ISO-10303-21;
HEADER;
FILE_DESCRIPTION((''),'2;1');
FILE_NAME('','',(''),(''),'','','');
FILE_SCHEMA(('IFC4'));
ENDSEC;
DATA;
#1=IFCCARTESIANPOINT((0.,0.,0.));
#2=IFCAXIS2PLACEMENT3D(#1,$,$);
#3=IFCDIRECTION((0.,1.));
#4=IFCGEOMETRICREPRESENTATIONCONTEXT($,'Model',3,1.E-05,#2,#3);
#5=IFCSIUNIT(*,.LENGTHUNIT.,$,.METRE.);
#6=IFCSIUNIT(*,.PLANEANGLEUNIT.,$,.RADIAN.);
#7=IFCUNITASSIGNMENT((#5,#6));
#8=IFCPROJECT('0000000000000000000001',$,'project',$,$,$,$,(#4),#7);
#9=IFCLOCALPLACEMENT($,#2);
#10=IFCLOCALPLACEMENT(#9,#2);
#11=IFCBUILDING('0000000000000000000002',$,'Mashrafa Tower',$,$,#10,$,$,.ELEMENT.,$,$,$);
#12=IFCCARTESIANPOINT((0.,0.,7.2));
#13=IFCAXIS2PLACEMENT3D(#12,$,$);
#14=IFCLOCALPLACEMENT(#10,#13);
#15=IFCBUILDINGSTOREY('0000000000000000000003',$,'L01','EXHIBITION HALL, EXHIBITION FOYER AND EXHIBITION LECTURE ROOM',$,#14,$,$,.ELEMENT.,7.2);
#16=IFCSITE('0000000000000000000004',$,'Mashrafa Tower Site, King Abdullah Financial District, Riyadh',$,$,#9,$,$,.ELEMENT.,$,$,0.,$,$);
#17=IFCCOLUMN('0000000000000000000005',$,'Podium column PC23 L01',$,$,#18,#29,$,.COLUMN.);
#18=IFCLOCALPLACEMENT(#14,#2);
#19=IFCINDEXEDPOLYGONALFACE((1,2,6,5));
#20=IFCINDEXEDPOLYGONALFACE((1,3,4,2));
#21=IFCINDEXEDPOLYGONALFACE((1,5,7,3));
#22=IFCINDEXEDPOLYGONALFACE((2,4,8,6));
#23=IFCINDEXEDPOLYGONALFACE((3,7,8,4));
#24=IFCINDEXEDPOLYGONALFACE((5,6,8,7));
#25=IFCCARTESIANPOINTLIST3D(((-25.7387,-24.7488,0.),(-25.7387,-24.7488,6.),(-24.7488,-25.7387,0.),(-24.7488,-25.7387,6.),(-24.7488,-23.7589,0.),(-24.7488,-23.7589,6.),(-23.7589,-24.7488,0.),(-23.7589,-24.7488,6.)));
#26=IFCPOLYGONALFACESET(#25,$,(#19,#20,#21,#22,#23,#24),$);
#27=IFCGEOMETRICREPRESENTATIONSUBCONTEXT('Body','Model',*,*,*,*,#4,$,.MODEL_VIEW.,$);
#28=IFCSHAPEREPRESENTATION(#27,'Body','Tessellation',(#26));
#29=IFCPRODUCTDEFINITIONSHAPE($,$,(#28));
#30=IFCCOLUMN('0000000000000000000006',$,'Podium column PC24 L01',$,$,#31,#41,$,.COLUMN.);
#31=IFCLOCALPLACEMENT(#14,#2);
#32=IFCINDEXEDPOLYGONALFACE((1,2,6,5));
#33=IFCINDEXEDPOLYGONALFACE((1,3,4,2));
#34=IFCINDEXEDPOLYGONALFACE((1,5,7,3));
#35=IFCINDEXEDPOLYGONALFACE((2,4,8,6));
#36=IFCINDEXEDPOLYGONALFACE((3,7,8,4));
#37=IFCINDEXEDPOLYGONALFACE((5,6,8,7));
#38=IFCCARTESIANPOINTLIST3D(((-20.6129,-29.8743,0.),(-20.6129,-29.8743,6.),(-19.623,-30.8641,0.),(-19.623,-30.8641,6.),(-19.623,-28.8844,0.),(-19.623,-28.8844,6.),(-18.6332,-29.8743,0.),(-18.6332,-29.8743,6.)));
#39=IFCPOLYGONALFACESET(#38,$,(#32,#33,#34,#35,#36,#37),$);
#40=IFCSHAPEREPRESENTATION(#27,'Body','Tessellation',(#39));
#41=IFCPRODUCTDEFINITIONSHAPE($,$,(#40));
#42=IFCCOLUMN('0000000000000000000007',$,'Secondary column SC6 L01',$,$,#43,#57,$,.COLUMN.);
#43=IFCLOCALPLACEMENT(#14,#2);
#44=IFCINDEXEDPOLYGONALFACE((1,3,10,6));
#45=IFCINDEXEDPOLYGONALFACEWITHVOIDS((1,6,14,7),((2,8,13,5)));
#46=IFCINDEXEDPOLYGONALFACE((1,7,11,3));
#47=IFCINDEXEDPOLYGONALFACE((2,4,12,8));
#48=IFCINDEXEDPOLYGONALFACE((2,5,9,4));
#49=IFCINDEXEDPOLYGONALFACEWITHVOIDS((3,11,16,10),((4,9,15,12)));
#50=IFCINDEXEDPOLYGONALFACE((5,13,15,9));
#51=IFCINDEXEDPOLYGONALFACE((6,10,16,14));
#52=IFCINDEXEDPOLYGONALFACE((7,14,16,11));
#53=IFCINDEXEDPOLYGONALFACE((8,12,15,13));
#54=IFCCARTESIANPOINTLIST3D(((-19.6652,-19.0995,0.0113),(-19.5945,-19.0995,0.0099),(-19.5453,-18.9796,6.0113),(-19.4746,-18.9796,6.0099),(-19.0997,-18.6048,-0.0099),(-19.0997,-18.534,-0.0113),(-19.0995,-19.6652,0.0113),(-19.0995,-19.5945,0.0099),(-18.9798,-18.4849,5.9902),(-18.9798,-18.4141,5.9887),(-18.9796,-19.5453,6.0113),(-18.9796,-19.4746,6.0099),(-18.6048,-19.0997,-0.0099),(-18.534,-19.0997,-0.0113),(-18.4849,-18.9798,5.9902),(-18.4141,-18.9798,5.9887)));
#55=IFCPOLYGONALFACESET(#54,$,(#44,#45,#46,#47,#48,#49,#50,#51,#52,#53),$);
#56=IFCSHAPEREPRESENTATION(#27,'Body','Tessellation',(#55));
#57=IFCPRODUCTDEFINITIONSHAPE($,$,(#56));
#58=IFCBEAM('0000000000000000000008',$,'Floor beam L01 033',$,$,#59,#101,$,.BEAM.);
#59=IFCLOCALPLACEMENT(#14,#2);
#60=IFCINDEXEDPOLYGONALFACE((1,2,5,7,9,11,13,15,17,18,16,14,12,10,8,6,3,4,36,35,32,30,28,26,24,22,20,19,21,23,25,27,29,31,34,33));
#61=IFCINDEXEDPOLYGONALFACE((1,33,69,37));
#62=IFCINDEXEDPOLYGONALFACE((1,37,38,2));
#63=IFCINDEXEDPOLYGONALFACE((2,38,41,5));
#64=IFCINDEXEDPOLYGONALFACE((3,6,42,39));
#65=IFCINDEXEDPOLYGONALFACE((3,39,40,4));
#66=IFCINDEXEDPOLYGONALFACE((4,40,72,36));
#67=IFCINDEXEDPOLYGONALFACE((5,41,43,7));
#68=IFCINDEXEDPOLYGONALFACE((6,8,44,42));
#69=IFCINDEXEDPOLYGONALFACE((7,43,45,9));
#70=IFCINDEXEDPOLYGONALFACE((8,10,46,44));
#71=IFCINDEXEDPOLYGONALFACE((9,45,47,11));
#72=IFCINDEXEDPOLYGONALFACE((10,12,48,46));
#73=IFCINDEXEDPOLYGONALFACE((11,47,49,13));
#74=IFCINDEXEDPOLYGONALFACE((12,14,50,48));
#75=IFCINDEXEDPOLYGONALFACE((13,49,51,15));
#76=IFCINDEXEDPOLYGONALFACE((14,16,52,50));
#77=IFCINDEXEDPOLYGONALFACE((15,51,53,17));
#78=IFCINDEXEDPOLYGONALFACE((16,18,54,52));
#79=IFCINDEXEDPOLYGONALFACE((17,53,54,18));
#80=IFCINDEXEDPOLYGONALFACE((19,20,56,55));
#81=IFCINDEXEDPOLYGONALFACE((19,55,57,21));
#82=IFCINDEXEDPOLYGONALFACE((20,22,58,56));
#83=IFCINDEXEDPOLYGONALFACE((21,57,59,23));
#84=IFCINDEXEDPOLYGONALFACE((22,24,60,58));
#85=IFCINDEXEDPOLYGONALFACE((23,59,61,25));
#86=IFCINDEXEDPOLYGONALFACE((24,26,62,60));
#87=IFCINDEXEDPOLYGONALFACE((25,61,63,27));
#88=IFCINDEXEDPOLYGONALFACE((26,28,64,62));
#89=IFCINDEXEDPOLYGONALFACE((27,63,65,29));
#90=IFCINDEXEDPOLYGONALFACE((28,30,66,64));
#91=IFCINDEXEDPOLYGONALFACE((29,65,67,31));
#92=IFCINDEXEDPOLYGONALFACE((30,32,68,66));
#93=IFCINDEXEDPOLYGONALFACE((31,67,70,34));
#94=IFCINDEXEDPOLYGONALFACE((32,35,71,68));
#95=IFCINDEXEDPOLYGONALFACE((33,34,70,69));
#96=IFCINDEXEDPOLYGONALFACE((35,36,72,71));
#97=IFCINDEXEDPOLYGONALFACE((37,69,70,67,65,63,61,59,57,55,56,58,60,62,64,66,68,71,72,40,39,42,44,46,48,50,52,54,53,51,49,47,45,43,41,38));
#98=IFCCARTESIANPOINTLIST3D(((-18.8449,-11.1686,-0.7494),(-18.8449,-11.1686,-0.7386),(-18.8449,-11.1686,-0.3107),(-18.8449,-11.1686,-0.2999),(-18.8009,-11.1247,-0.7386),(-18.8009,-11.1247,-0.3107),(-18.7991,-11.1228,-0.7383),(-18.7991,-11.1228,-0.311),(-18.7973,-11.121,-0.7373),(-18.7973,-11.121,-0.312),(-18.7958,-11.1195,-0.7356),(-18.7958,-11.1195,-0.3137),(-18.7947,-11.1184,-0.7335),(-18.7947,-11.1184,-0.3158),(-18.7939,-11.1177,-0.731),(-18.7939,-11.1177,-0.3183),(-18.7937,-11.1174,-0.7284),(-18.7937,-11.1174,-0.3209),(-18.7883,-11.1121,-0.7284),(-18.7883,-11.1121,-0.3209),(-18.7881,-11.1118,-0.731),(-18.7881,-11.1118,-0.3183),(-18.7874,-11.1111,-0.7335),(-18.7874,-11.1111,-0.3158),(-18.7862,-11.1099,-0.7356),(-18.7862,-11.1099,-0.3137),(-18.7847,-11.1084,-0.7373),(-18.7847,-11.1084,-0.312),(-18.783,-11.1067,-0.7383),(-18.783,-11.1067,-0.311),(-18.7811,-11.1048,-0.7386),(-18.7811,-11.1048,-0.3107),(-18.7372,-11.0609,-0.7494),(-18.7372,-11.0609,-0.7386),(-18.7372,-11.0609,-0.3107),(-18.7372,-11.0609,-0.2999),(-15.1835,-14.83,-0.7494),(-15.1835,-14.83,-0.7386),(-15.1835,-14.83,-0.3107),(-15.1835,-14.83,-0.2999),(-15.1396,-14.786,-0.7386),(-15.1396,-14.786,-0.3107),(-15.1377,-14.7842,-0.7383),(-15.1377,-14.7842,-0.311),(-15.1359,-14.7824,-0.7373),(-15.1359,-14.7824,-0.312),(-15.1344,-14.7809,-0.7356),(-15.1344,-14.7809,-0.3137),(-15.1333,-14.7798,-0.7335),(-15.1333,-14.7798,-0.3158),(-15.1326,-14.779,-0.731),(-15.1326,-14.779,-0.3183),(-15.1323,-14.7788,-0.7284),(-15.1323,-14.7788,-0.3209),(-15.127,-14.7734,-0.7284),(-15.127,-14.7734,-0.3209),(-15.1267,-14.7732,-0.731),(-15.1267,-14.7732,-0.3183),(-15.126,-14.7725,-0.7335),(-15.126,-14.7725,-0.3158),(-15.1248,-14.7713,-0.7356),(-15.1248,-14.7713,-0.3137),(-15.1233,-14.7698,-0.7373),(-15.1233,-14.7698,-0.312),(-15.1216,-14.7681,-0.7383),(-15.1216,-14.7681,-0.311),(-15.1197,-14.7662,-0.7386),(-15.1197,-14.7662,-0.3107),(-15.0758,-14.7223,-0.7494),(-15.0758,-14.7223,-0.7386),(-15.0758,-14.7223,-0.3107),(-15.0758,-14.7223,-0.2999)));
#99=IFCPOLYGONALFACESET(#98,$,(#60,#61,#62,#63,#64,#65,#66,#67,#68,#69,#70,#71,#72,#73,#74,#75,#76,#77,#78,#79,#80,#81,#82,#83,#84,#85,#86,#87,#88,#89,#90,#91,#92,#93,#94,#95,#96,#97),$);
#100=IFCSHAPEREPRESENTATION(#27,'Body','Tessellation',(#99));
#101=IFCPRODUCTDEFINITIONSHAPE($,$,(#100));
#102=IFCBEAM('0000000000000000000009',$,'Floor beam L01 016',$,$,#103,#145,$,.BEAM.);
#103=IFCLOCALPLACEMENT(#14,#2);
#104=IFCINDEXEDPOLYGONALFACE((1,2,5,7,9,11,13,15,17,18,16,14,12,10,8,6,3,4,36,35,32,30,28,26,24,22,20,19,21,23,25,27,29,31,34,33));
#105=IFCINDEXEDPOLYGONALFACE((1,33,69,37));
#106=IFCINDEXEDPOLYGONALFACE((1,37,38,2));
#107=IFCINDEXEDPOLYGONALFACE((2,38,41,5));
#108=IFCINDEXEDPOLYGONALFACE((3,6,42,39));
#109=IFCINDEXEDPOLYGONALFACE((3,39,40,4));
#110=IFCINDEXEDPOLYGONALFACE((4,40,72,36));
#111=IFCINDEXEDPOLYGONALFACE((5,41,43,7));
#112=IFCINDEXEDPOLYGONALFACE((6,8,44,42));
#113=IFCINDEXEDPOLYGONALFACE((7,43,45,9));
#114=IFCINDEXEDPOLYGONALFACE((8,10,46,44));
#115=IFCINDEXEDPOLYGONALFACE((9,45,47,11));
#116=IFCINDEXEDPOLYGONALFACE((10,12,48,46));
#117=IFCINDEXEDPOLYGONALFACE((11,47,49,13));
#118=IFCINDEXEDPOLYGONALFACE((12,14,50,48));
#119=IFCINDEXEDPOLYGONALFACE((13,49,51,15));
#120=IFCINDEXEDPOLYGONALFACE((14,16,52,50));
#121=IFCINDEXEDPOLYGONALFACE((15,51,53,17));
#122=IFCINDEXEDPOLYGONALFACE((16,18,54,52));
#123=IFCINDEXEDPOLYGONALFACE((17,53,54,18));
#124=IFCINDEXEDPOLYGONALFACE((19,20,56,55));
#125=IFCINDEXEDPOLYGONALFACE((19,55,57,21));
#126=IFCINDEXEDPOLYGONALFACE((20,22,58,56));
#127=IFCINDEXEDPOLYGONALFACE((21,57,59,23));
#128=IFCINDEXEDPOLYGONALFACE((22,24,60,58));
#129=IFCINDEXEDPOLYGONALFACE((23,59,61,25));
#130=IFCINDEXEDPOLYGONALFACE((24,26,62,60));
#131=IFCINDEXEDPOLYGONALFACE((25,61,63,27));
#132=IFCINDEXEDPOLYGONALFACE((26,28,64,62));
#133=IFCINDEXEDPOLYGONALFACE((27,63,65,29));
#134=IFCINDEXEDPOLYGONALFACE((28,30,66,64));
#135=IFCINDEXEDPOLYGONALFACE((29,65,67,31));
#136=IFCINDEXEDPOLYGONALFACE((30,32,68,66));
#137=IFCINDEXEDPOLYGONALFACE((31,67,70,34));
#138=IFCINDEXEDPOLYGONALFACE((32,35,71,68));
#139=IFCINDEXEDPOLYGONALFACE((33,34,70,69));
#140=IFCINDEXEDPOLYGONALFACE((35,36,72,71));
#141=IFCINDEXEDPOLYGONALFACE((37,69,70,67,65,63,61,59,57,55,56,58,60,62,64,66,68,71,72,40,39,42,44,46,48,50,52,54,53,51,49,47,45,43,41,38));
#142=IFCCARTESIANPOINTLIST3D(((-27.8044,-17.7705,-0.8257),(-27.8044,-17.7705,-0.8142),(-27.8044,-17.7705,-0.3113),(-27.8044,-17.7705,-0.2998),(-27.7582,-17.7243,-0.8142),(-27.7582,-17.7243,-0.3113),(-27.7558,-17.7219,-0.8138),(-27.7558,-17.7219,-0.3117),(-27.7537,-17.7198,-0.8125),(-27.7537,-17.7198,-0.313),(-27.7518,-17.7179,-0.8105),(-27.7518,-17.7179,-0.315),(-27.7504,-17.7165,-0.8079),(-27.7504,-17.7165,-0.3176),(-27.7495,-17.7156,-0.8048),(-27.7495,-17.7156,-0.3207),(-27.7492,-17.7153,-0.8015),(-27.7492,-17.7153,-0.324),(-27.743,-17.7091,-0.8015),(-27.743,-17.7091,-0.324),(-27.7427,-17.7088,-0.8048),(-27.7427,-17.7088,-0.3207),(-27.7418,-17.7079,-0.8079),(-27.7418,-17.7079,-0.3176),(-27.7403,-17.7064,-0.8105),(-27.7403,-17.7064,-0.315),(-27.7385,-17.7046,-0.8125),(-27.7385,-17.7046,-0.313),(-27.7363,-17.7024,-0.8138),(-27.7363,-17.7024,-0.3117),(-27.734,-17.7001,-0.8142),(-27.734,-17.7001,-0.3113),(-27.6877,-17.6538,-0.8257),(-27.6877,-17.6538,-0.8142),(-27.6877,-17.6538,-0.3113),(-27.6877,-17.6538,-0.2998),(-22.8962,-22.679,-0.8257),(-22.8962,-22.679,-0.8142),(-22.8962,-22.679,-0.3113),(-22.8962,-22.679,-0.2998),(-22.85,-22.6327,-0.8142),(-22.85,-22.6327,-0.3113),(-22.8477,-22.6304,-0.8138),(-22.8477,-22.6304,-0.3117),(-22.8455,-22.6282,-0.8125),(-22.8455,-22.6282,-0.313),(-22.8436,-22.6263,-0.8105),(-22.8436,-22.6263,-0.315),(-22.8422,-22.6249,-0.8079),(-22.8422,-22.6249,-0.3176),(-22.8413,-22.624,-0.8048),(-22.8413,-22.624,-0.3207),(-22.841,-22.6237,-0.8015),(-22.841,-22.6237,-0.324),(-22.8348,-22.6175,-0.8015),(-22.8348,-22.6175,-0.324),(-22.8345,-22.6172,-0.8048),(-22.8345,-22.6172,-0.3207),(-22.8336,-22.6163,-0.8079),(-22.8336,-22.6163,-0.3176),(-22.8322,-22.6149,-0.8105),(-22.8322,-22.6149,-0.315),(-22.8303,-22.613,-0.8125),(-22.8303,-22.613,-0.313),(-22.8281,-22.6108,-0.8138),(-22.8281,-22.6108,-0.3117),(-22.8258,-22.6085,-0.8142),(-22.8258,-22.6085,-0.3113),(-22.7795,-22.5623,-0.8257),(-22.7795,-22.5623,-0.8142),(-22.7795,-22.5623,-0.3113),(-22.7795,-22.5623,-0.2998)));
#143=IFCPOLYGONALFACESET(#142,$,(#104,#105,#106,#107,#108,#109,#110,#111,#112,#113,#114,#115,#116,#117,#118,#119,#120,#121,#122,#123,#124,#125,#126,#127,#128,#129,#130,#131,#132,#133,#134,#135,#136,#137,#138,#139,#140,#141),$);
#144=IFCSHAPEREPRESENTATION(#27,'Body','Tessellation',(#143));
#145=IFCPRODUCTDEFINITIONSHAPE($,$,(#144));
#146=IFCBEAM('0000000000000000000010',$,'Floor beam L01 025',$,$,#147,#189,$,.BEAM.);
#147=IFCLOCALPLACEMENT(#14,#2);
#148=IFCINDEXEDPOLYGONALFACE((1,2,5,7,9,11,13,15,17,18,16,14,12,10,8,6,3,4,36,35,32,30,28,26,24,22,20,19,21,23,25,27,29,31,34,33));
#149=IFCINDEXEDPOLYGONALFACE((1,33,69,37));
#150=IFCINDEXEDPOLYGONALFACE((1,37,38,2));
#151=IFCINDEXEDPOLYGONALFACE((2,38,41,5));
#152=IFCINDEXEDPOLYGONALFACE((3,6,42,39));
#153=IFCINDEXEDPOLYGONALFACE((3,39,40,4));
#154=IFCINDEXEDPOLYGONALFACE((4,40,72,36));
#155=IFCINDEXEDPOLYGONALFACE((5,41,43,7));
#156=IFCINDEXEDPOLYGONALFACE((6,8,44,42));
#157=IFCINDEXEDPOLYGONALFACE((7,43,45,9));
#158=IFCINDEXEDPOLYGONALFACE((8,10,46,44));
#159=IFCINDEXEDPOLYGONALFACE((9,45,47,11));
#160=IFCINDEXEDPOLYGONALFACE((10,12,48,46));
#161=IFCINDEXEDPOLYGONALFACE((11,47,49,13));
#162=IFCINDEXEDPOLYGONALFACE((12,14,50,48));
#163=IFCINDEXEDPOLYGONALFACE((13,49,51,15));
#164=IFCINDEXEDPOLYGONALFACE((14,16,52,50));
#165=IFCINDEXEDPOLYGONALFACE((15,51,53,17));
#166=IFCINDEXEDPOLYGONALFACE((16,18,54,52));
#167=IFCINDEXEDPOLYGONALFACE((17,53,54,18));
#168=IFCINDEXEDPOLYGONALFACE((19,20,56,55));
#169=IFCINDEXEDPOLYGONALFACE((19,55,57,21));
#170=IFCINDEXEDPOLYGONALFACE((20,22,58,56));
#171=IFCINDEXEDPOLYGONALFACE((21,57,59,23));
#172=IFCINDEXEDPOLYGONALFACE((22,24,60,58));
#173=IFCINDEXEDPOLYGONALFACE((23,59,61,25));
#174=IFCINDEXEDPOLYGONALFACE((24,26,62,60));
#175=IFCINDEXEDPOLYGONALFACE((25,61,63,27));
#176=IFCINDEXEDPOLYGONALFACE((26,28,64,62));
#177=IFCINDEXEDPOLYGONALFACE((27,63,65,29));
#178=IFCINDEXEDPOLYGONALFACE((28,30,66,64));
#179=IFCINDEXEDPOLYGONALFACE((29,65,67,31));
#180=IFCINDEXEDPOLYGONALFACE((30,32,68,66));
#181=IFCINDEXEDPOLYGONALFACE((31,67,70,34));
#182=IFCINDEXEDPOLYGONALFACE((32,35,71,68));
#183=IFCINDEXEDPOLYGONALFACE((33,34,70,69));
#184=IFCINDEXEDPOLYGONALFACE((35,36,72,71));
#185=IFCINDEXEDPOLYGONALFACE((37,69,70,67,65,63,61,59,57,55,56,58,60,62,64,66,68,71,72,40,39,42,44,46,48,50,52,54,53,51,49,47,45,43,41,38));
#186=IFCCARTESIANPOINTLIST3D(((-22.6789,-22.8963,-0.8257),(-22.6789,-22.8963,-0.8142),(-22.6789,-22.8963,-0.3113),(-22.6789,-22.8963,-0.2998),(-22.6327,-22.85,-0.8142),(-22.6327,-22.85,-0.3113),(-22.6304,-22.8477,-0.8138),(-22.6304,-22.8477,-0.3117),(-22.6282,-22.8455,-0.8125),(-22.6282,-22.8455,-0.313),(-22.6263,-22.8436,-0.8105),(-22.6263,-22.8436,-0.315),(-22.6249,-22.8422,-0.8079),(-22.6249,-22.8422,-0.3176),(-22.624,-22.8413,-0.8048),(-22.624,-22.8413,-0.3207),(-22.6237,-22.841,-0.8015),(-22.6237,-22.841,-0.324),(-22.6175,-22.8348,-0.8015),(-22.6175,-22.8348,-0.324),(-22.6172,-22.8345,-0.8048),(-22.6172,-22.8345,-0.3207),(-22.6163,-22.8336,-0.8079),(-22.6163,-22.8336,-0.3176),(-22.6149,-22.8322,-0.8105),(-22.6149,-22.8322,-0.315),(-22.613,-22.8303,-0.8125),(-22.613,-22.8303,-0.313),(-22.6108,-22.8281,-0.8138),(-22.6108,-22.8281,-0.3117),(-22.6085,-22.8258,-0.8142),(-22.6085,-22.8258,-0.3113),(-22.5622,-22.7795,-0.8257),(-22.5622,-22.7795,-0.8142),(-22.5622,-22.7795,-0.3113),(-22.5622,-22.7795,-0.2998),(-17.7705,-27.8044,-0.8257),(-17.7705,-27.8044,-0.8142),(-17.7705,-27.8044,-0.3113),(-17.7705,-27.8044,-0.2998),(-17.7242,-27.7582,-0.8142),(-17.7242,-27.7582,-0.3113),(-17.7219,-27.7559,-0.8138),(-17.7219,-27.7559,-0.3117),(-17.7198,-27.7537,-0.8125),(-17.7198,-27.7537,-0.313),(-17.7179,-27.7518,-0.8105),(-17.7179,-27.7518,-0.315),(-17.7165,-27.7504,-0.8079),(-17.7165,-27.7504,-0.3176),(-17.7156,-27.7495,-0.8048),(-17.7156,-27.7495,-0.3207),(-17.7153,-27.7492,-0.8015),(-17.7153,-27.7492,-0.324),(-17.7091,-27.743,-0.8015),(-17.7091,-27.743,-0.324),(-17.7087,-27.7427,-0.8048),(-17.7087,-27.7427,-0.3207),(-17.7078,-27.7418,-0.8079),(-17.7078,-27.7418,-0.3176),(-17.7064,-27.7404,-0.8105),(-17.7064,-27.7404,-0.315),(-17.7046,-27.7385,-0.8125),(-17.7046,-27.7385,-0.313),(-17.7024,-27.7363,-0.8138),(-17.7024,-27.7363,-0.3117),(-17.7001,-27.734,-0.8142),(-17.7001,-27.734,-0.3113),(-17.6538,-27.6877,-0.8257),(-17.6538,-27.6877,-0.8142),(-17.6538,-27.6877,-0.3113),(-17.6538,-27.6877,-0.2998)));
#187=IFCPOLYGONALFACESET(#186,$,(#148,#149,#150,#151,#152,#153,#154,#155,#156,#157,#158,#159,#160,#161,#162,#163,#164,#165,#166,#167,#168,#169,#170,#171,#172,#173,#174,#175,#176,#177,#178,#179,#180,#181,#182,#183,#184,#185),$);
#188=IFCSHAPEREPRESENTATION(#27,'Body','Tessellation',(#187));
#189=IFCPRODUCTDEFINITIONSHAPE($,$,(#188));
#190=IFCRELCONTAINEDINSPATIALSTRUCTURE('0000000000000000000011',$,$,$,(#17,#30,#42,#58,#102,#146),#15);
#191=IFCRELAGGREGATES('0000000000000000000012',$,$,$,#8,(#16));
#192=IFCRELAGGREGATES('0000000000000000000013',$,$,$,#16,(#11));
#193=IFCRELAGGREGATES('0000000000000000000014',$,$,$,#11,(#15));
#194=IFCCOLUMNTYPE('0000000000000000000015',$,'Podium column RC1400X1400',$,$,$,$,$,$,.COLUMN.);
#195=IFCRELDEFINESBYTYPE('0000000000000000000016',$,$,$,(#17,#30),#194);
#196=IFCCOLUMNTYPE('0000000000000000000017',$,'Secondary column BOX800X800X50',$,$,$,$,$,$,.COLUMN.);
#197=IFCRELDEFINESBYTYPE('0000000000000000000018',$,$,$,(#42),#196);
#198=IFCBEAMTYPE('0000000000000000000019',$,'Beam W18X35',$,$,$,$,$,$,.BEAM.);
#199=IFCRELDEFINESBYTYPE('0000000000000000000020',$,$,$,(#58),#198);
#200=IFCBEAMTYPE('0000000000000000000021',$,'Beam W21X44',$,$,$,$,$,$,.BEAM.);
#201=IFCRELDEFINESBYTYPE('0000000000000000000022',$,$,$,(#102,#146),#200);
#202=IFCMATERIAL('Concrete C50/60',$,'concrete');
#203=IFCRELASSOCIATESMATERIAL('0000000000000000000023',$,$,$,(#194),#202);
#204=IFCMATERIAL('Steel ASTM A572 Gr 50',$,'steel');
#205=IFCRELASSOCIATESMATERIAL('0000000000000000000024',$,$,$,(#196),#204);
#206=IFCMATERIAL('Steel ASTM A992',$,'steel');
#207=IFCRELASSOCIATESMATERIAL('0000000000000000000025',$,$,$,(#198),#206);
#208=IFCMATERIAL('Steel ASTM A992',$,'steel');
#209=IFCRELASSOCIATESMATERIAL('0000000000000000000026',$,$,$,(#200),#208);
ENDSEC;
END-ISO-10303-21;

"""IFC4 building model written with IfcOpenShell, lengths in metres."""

from ifc_helpers import new_model, si_unit, direction, frame, origin, origin_2d, place, context, subcontext, project, spatial, rectangle, hollow_rectangle, i_section, extrude, material, material_profile, profile_set, type_object, element, save


model = new_model("IFC4")

# Units and contexts
model_context = context("Model", 3, precision=1e-05, world=origin(), true_north=direction((0.0, 1.0)))
body_context = subcontext(model_context, "Body", "Model", "MODEL_VIEW")
ifc_project = project(units=[si_unit("LENGTHUNIT", "METRE"), si_unit("PLANEANGLEUNIT", "RADIAN")], contexts=[model_context])

# Site, building, storey
site_placement = place(None, origin())
site = spatial("IfcSite", under=ifc_project, at=site_placement, Name="Mashrafa Tower Site, King Abdullah Financial District, Riyadh", CompositionType="ELEMENT", RefElevation=0.0)
building_placement = place(site_placement, origin())
building = spatial("IfcBuilding", under=site, at=building_placement, Name="Mashrafa Tower", CompositionType="ELEMENT")
storey_placement = place(building_placement, frame((0.0, 0.0, 7.2)))
storey = spatial("IfcBuildingStorey", under=building, at=storey_placement, Name="L01", Description="EXHIBITION HALL, EXHIBITION FOYER AND EXHIBITION LECTURE ROOM", CompositionType="ELEMENT", Elevation=7.2)

# Columns
ifc_material_1 = material(Name="Concrete C50/60", Category="concrete")
ifc_material_profile_1 = material_profile(ifc_material_1, rectangle(XDim=1.3999, YDim=1.3999, at=origin_2d()), Name="RC1400X1400")
ifc_profile_set_1 = profile_set([ifc_material_profile_1], Name="Concrete C50/60")
column_type_1 = type_object("IfcColumnType", Name="Podium column RC1400X1400", PredefinedType="COLUMN", material=ifc_profile_set_1)
for number, where, z_axis, x_axis, name in (
    (1, (-24.7488, -24.7488, 0.0), (0.0, 0.0, 1.0), (0.707107, 0.707107, 0.0), "Podium column PC23 L01"),
    (2, (-19.623, -29.8743, 0.0), (0.0, 0.0, 1.0), (0.707107, 0.707107, 0.0), "Podium column PC24 L01"),
):
    element("IfcColumn", number, at=place(storey_placement, frame(where, z_axis=z_axis, x_axis=x_axis)), inside=storey, type_object=column_type_1, Name=name, PredefinedType="COLUMN", context=body_context, shape_type="SweptSolid", body=[
        extrude(rectangle(XDim=1.3999, YDim=1.3999, at=origin_2d()), origin(), (0.0, 0.0, 1.0), 6.0),
    ])
ifc_material_2 = material(Name="Steel ASTM A572 Gr 50", Category="steel")
ifc_material_profile_2 = material_profile(ifc_material_2, hollow_rectangle(XDim=0.8, YDim=0.8, WallThickness=0.05, at=origin_2d()), Name="BOX800X800X50")
ifc_profile_set_2 = profile_set([ifc_material_profile_2], Name="Steel ASTM A572 Gr 50")
column_type_2 = type_object("IfcColumnType", Name="Secondary column BOX800X800X50", PredefinedType="COLUMN", material=ifc_profile_set_2)
column_placement = place(storey_placement, frame((-19.0996, -19.0996, 0.0), z_axis=(0.019971, 0.019971, 0.999601), x_axis=(-0.707107, 0.707107, 0.0)))
element("IfcColumn", 3, at=column_placement, inside=storey, type_object=column_type_2, Name="Secondary column SC6 L01", PredefinedType="COLUMN", context=body_context, shape_type="SweptSolid", body=[
    extrude(hollow_rectangle(XDim=0.8, YDim=0.8, WallThickness=0.05, at=origin_2d()), origin(), (0.0, 0.0, 1.0), 6.0024),
])

# Beams
ifc_material_3 = material(Name="Steel ASTM A992", Category="steel")
ifc_material_profile_3 = material_profile(ifc_material_3, i_section(OverallWidth=0.1523, OverallDepth=0.4495, WebThickness=0.0076, FlangeThickness=0.0107, FilletRadius=0.0103, at=origin_2d()), Name="W18X35")
ifc_profile_set_3 = profile_set([ifc_material_profile_3], Name="Steel ASTM A992")
beam_type_1 = type_object("IfcBeamType", Name="Beam W18X35", PredefinedType="BEAM", material=ifc_profile_set_3)
beam_1_placement = place(storey_placement, frame((-15.1296, -14.7761, -0.5247), z_axis=(-0.707107, 0.707107, 0.0), x_axis=(-0.707107, -0.707107, 0.0)))
element("IfcBeam", 4, at=beam_1_placement, inside=storey, type_object=beam_type_1, Name="Floor beam L01 033", PredefinedType="BEAM", context=body_context, shape_type="SweptSolid", body=[
    extrude(i_section(OverallWidth=0.1523, OverallDepth=0.4495, WebThickness=0.0076, FlangeThickness=0.0107, FilletRadius=0.0103, at=origin_2d()), origin(), (0.0, 0.0, 1.0), 5.178),
])
ifc_material_4 = material(Name="Steel ASTM A992", Category="steel")
ifc_material_profile_4 = material_profile(ifc_material_4, i_section(OverallWidth=0.165, OverallDepth=0.5259, WebThickness=0.0088, FlangeThickness=0.0115, FilletRadius=0.0127, at=origin_2d()), Name="W21X44")
ifc_profile_set_4 = profile_set([ifc_material_profile_4], Name="Steel ASTM A992")
beam_type_2 = type_object("IfcBeamType", Name="Beam W21X44", PredefinedType="BEAM", material=ifc_profile_set_4)
for number, where, z_axis, x_axis, name in (
    (5, (-22.8379, -22.6206, -0.5627), (-0.707089, 0.707124, 0.0), (-0.707124, -0.707089, 0.0), "Floor beam L01 016"),
    (6, (-17.7122, -27.7461, -0.5627), (-0.707124, 0.707089, 0.0), (-0.707089, -0.707124, 0.0), "Floor beam L01 025"),
):
    element("IfcBeam", number, at=place(storey_placement, frame(where, z_axis=z_axis, x_axis=x_axis)), inside=storey, type_object=beam_type_2, Name=name, PredefinedType="BEAM", context=body_context, shape_type="SweptSolid", body=[
        extrude(i_section(OverallWidth=0.165, OverallDepth=0.5259, WebThickness=0.0088, FlangeThickness=0.0115, FilletRadius=0.0127, at=origin_2d()), origin(), (0.0, 0.0, 1.0), 6.9414),
    ])

save(model, "model.ifc")
